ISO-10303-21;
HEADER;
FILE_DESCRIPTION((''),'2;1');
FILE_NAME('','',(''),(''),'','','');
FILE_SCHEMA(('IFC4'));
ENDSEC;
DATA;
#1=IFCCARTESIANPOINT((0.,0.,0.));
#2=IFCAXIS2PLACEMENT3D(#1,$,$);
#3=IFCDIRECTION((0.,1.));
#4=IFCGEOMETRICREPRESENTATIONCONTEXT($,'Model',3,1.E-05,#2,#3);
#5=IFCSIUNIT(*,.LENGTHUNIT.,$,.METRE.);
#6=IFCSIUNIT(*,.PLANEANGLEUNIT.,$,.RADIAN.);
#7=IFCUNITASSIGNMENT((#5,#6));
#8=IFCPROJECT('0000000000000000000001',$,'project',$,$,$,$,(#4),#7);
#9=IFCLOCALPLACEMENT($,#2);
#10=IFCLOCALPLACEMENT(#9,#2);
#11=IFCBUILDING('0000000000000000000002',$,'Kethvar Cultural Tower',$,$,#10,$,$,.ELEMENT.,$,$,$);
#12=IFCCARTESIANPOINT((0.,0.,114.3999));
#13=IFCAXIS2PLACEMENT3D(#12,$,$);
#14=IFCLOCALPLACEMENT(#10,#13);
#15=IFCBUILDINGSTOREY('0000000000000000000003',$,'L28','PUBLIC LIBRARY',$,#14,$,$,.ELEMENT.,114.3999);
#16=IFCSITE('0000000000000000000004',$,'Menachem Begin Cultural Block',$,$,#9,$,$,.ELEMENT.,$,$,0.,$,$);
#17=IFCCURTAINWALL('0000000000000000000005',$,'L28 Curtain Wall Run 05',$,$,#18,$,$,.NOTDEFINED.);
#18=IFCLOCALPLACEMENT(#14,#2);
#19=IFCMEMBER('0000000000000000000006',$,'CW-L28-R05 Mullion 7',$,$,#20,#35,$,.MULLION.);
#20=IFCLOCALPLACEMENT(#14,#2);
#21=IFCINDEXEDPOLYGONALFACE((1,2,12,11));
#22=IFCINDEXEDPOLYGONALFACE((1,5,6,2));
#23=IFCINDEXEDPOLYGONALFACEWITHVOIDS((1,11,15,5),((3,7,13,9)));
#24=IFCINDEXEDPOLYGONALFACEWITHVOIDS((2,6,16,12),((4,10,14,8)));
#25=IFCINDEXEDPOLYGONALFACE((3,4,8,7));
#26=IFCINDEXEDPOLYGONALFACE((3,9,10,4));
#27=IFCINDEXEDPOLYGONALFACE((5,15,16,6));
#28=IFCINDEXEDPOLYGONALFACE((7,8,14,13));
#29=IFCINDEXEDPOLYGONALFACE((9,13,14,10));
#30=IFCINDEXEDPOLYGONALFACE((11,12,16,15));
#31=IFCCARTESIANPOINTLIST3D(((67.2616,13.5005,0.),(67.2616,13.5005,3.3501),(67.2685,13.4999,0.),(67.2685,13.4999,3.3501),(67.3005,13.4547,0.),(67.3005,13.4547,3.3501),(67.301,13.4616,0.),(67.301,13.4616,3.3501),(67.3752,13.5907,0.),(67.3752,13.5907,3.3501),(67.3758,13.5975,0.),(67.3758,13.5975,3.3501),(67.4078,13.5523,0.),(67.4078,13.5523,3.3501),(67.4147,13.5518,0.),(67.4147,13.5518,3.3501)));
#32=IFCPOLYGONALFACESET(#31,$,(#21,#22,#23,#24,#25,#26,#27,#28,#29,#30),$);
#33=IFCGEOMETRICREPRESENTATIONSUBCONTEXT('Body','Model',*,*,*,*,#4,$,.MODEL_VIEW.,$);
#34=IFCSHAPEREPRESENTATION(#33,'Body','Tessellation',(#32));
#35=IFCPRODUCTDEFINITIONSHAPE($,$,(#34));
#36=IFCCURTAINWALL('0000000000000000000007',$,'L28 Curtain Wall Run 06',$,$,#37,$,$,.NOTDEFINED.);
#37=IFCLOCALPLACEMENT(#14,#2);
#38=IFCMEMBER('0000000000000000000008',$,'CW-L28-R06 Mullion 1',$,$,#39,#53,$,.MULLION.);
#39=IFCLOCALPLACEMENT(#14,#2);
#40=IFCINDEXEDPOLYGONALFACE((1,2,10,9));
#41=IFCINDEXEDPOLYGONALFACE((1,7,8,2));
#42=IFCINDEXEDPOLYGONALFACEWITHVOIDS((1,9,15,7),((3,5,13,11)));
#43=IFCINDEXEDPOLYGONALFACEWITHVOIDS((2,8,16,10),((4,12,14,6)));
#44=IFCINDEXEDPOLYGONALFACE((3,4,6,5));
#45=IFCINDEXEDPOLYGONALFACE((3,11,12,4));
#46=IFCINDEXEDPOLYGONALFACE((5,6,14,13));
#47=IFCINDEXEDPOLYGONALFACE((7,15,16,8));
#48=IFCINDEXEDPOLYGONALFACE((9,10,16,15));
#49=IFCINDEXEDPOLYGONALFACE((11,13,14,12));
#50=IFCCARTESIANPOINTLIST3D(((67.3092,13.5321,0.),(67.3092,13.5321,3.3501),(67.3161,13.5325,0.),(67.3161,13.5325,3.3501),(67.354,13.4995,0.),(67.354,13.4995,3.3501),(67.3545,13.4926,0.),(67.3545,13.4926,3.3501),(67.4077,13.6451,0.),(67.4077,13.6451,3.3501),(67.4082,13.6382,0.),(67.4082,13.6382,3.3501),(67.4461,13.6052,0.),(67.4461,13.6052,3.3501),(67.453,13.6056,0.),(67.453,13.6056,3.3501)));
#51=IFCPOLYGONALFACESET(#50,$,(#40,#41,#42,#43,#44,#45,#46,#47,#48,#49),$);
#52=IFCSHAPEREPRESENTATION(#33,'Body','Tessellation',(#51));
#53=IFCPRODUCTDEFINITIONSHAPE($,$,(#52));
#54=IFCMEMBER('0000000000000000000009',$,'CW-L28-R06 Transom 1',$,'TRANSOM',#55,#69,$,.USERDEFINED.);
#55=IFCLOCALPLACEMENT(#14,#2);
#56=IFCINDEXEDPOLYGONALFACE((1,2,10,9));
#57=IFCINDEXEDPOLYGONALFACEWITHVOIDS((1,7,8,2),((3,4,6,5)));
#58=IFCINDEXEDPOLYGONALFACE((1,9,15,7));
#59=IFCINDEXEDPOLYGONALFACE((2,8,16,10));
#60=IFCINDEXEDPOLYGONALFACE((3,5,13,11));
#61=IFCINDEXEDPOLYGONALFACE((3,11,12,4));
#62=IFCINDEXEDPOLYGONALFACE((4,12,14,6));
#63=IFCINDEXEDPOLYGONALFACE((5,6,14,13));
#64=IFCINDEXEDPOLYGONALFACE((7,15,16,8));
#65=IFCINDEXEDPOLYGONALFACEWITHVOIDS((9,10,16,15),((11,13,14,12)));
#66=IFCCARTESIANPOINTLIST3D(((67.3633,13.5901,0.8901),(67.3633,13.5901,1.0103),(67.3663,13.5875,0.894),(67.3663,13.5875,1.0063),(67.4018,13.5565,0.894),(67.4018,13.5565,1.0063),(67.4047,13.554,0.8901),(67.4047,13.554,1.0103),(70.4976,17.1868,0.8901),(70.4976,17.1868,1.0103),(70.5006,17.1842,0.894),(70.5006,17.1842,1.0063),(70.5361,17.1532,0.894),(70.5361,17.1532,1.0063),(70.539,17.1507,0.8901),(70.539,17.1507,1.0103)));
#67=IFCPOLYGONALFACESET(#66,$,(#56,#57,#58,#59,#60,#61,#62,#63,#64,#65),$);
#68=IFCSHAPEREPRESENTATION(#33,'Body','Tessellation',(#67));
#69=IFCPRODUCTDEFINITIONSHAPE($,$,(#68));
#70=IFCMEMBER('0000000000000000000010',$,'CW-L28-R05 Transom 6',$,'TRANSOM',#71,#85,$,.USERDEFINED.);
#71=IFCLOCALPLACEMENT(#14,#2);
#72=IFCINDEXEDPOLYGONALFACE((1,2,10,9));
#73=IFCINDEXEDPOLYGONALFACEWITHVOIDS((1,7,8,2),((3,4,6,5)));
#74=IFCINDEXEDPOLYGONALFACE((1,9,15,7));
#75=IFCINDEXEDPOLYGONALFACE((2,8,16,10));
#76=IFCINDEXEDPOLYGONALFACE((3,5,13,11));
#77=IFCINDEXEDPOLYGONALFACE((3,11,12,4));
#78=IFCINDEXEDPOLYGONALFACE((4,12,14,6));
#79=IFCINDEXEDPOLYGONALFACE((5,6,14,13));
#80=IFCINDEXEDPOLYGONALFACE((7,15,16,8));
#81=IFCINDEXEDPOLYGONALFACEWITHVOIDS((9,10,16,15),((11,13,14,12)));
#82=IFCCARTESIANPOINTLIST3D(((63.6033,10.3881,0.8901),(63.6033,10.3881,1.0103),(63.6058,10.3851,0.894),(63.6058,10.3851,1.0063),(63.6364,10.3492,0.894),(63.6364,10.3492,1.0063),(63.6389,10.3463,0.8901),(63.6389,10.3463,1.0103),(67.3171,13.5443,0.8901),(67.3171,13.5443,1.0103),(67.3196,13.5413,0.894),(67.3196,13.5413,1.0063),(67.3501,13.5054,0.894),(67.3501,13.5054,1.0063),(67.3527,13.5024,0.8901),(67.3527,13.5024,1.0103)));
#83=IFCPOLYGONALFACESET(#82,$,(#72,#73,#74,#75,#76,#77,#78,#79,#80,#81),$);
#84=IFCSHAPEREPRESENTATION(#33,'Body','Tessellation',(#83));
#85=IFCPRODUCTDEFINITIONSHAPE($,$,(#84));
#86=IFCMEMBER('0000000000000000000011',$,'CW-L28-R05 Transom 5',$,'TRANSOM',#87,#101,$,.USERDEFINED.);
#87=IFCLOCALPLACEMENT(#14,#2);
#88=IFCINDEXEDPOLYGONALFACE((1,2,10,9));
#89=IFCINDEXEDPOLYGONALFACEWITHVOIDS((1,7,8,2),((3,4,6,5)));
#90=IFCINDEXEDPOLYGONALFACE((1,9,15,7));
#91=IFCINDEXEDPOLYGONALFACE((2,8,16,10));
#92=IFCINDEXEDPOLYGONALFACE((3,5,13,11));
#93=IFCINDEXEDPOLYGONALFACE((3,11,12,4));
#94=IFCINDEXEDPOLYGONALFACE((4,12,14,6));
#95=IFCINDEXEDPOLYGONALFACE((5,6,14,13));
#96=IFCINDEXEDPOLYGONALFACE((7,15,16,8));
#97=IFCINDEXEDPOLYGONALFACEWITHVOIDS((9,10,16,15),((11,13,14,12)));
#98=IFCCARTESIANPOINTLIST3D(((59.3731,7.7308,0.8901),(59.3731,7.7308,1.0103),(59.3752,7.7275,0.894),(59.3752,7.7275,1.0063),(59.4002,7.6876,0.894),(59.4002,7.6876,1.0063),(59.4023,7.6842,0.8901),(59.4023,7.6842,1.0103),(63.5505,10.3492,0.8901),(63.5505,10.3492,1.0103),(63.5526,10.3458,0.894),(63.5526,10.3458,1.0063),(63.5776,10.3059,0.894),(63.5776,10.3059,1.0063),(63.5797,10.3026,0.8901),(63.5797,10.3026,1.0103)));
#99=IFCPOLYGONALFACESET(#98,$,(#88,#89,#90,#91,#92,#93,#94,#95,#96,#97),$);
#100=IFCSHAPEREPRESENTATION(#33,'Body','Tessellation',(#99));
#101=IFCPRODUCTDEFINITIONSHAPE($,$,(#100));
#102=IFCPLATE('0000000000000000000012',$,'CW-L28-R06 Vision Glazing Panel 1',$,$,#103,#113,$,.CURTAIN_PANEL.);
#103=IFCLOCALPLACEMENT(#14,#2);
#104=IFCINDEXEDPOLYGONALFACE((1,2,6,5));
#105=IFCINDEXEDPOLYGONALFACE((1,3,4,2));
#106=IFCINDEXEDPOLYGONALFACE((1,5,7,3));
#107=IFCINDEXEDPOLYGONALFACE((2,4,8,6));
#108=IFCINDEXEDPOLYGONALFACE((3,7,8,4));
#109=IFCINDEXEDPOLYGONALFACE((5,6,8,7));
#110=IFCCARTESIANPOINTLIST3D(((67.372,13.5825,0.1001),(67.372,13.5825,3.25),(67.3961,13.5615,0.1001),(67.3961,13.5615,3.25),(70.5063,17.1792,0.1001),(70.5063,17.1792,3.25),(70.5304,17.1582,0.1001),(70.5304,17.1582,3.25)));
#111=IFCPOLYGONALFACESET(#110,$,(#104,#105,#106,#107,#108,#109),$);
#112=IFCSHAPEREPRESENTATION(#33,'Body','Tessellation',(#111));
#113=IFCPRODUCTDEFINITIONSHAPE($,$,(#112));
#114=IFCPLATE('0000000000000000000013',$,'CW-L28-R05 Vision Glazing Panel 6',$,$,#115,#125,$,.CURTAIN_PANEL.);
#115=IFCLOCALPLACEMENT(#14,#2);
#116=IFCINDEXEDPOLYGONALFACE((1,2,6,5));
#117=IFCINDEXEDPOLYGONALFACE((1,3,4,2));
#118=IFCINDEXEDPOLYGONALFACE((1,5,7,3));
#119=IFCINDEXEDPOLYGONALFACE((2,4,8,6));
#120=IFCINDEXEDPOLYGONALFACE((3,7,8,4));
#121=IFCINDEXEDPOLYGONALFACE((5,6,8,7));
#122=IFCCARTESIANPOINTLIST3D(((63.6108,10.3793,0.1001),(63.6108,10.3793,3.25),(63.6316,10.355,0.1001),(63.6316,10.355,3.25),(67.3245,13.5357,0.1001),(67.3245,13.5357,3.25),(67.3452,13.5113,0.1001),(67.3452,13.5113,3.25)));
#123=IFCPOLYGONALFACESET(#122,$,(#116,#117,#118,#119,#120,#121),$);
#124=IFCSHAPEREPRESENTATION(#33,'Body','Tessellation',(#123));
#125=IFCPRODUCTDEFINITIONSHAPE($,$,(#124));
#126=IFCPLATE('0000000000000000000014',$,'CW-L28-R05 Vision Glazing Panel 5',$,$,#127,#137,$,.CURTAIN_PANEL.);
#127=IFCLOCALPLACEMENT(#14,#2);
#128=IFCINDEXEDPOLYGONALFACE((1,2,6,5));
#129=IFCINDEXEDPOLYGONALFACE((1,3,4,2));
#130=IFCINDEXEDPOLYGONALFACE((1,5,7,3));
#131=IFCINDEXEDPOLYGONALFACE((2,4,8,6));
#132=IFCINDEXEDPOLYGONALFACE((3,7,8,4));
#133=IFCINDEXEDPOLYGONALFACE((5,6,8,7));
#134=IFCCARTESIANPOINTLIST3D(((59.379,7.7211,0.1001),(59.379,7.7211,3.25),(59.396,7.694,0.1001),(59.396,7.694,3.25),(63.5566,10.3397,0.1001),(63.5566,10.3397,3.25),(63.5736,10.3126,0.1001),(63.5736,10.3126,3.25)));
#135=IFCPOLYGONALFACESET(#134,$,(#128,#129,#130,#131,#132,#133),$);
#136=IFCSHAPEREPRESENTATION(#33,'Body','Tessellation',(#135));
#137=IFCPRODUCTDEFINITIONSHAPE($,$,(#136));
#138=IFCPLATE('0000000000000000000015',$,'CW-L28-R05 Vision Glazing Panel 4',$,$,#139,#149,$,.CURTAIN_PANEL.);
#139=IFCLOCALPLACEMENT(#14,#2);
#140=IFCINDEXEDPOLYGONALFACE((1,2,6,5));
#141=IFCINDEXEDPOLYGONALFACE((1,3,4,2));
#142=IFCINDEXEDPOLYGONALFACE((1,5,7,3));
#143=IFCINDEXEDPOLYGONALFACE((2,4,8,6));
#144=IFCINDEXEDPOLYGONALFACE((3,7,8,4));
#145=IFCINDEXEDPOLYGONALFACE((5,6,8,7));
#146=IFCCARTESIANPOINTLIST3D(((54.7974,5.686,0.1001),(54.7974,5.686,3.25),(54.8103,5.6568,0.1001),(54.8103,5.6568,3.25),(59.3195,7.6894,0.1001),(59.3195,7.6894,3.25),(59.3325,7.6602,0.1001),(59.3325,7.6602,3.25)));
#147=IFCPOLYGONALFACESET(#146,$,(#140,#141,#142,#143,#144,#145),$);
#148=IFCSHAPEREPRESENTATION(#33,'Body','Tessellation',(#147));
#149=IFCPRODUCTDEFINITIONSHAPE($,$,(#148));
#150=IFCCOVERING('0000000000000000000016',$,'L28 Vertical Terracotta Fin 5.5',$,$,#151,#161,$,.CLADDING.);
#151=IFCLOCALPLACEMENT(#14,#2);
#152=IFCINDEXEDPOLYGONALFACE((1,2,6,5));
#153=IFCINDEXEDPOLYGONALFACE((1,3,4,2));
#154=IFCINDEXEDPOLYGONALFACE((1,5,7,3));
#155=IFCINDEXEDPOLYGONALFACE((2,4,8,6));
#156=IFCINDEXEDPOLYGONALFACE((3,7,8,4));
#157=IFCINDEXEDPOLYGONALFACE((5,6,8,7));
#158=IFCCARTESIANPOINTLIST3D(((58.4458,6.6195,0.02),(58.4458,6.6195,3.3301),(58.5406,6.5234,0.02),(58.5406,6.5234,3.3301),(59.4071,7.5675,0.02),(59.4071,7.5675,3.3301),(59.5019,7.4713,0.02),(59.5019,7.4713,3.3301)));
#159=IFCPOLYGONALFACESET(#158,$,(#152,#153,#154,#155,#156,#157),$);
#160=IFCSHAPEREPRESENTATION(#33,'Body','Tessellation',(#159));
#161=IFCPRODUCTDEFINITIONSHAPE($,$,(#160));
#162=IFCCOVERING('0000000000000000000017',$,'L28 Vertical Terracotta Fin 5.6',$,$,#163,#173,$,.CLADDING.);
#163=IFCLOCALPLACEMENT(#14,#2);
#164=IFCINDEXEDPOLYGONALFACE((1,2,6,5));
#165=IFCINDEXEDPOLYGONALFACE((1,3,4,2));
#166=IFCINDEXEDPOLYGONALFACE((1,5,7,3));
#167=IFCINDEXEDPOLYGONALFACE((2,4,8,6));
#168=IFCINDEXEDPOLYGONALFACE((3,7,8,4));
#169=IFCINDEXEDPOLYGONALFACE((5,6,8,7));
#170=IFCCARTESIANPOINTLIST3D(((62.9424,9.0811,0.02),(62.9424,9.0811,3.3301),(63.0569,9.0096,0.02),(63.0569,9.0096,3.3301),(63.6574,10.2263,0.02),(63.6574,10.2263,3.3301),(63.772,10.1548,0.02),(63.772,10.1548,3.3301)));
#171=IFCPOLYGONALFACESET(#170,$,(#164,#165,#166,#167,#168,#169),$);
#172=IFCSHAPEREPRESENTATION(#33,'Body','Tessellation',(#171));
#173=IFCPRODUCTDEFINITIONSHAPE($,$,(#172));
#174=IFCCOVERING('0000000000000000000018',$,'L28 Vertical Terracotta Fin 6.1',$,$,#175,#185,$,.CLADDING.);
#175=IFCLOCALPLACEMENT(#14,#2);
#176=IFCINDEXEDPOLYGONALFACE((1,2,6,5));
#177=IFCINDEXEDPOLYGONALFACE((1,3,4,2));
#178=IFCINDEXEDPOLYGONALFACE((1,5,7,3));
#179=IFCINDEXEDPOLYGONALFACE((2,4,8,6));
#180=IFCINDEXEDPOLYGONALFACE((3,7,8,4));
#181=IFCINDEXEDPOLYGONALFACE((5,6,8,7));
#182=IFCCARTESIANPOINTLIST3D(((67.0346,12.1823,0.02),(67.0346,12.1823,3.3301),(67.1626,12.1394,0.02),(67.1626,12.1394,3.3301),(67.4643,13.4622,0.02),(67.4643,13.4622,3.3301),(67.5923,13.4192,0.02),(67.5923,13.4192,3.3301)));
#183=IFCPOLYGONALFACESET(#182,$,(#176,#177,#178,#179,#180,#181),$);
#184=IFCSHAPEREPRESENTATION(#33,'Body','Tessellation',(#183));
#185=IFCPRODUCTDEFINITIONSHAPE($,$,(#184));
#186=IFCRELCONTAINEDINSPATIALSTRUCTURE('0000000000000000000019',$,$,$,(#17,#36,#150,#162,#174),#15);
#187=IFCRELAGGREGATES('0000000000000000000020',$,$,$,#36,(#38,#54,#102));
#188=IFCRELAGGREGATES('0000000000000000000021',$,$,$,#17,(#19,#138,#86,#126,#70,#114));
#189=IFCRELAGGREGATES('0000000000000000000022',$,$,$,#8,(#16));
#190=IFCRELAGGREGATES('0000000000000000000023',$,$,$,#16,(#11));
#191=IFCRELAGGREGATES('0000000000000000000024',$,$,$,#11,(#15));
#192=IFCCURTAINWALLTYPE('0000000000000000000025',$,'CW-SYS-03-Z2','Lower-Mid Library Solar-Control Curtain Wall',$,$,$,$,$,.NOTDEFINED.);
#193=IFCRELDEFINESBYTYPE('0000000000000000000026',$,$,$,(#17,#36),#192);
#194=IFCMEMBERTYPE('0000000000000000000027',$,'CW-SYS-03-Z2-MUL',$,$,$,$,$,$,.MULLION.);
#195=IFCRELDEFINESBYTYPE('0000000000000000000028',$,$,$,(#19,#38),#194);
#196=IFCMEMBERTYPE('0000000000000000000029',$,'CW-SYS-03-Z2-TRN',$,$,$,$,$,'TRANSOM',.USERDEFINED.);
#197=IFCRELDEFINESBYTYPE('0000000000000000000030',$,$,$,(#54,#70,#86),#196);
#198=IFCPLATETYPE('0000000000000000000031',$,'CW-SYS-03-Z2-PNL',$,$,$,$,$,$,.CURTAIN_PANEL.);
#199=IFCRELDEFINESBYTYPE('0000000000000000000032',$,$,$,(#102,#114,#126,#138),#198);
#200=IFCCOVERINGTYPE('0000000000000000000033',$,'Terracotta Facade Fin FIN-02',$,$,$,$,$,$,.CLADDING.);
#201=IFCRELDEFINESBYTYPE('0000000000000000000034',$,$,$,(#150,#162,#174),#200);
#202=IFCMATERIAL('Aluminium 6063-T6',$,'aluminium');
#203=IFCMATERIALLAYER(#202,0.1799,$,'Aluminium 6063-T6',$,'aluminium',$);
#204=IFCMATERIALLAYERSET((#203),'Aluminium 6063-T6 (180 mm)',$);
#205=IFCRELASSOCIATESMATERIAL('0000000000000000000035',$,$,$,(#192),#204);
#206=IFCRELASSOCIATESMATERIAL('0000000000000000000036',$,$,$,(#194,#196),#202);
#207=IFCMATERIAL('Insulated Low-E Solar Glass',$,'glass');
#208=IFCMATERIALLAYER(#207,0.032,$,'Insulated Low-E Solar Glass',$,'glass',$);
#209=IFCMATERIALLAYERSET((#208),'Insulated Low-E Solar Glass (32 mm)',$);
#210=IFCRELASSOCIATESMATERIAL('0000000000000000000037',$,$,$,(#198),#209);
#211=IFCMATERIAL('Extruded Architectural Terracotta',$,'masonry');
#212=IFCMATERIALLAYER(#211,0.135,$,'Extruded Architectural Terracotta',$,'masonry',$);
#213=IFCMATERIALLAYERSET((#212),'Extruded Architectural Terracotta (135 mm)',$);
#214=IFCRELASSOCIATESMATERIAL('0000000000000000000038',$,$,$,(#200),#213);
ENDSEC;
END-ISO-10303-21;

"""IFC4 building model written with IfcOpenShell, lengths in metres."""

from ifc_helpers import new_model, si_unit, direction, frame, origin, origin_2d, place, context, subcontext, project, spatial, rectangle, hollow_rectangle, extrude, source, transform, mapped, material, layer, layer_set, material_profile, profile_set, type_object, element, aggregate, save


model = new_model("IFC4")

# Units and contexts
model_context = context("Model", 3, precision=1e-05, world=origin(), true_north=direction((0.0, 1.0)))
body_context = subcontext(model_context, "Body", "Model", "MODEL_VIEW")
ifc_project = project(units=[si_unit("LENGTHUNIT", "METRE"), si_unit("PLANEANGLEUNIT", "RADIAN")], contexts=[model_context])

# Site, building, storey
site_placement = place(None, origin())
site = spatial("IfcSite", under=ifc_project, at=site_placement, Name="Menachem Begin Cultural Block", CompositionType="ELEMENT", RefElevation=0.0)
building_placement = place(site_placement, origin())
building = spatial("IfcBuilding", under=site, at=building_placement, Name="Kethvar Cultural Tower", CompositionType="ELEMENT")
storey_placement = place(building_placement, frame((0.0, 0.0, 114.3999)))
storey = spatial("IfcBuildingStorey", under=building, at=storey_placement, Name="L28", Description="PUBLIC LIBRARY", CompositionType="ELEMENT", Elevation=114.3999)

# Curtain walls, members
ifc_material_1 = material(Name="Aluminium 6063-T6", Category="aluminium")
ifc_layer_1 = layer(ifc_material_1, 0.1799, Name="Aluminium 6063-T6", Category="aluminium")
ifc_layer_set_1 = layer_set([ifc_layer_1], Name="Aluminium 6063-T6 (180 mm)")
curtain_wall_type = type_object("IfcCurtainWallType", Name="CW-SYS-03-Z2", Description="Lower-Mid Library Solar-Control Curtain Wall", PredefinedType="NOTDEFINED", material=ifc_layer_set_1)
curtain_wall_1_placement = place(storey_placement, origin())
curtain_wall_1 = element("IfcCurtainWall", 1, at=curtain_wall_1_placement, inside=storey, type_object=curtain_wall_type, Name="L28 Curtain Wall Run 05", PredefinedType="NOTDEFINED")
ifc_material_profile_1 = material_profile(ifc_material_1, hollow_rectangle(XDim=0.0601, YDim=0.1499, WallThickness=0.0049, at=origin_2d()), Name="Aluminium 6063-T6 — RHS150x60x5")
ifc_profile_set_1 = profile_set([ifc_material_profile_1], Name="Aluminium 6063-T6 — RHS150x60x5")
member_type_1 = type_object("IfcMemberType", Name="CW-SYS-03-Z2-MUL", PredefinedType="MULLION", material=ifc_profile_set_1)
shared_shape_1 = source(origin(), body_context, "Body", "SweptSolid", [
    extrude(hollow_rectangle(XDim=0.0601, YDim=0.1499, WallThickness=0.0049, at=origin_2d()), origin(), (0.0, 0.0, 1.0), 3.3501),
])
member_1_placement = place(storey_placement, frame((67.3381, 13.5261, 0.0), z_axis=(0.0, 0.0, 1.0), x_axis=(-0.647615, 0.761968, 0.0)))
member_1 = element("IfcMember", 2, at=member_1_placement, type_object=member_type_1, Name="CW-L28-R05 Mullion 7", PredefinedType="MULLION", context=body_context, shape_type="MappedRepresentation", body=[
    mapped(shared_shape_1, transform((0.0, 0.0, 0.0), scale=1.0)),
])
curtain_wall_2_placement = place(storey_placement, origin())
curtain_wall_2 = element("IfcCurtainWall", 3, at=curtain_wall_2_placement, inside=storey, type_object=curtain_wall_type, Name="L28 Curtain Wall Run 06", PredefinedType="NOTDEFINED")
member_2_placement = place(storey_placement, frame((67.3811, 13.5688, 0.0), z_axis=(0.0, 0.0, 1.0), x_axis=(-0.753907, 0.656981, 0.0)))
member_2 = element("IfcMember", 4, at=member_2_placement, type_object=member_type_1, Name="CW-L28-R06 Mullion 1", PredefinedType="MULLION", context=body_context, shape_type="MappedRepresentation", body=[
    mapped(shared_shape_1, transform((0.0, 0.0, 0.0), scale=1.0)),
])
ifc_material_profile_2 = material_profile(ifc_material_1, hollow_rectangle(XDim=0.0549, YDim=0.1201, WallThickness=0.0039, at=origin_2d()), Name="Aluminium 6063-T6 — RHS120x55x4")
ifc_profile_set_2 = profile_set([ifc_material_profile_2], Name="Aluminium 6063-T6 — RHS120x55x4")
member_type_2 = type_object("IfcMemberType", Name="CW-SYS-03-Z2-TRN", ElementType="TRANSOM", PredefinedType="USERDEFINED", material=ifc_profile_set_2)
shared_shape_2 = source(origin(), body_context, "Body", "SweptSolid", [
    extrude(hollow_rectangle(XDim=0.0549, YDim=0.1201, WallThickness=0.0039, at=origin_2d()), origin(), (0.0, 0.0, 1.0), 4.7708),
])
member_3_placement = place(storey_placement, frame((67.384, 13.572, 0.9502), z_axis=(0.656982, 0.753907, 0.0), x_axis=(-0.753907, 0.656982, 0.0)))
member_3 = element("IfcMember", 5, at=member_3_placement, type_object=member_type_2, Name="CW-L28-R06 Transom 1", ObjectType="TRANSOM", PredefinedType="USERDEFINED", context=body_context, shape_type="MappedRepresentation", body=[
    mapped(shared_shape_2, transform((0.0, 0.0, 0.0), scale=1.0)),
])

# Members
shared_shape_3 = source(origin(), body_context, "Body", "SweptSolid", [
    extrude(hollow_rectangle(XDim=0.0549, YDim=0.1201, WallThickness=0.0039, at=origin_2d()), origin(), (0.0, 0.0, 1.0), 4.8738),
])
member_4_placement = place(storey_placement, frame((63.6211, 10.3672, 0.9502), z_axis=(0.761994, 0.647584, 0.0), x_axis=(-0.647584, 0.761994, 0.0)))
member_4 = element("IfcMember", 6, at=member_4_placement, type_object=member_type_2, Name="CW-L28-R05 Transom 6", ObjectType="TRANSOM", PredefinedType="USERDEFINED", context=body_context, shape_type="MappedRepresentation", body=[
    mapped(shared_shape_3, transform((0.0, 0.0, 0.0), scale=1.0)),
])
shared_shape_4 = source(origin(), body_context, "Body", "SweptSolid", [
    extrude(hollow_rectangle(XDim=0.0549, YDim=0.1201, WallThickness=0.0039, at=origin_2d()), origin(), (0.0, 0.0, 1.0), 4.9302),
])
member_5_placement = place(storey_placement, frame((59.3877, 7.7075, 0.9502), z_axis=(0.847316, 0.531089, 0.0), x_axis=(-0.531089, 0.847316, 0.0)))
member_5 = element("IfcMember", 7, at=member_5_placement, type_object=member_type_2, Name="CW-L28-R05 Transom 5", ObjectType="TRANSOM", PredefinedType="USERDEFINED", context=body_context, shape_type="MappedRepresentation", body=[
    mapped(shared_shape_4, transform((0.0, 0.0, 0.0), scale=1.0)),
])

# Plates
ifc_material_2 = material(Name="Insulated Low-E Solar Glass", Category="glass")
ifc_layer_2 = layer(ifc_material_2, 0.032, Name="Insulated Low-E Solar Glass", Category="glass")
ifc_layer_set_2 = layer_set([ifc_layer_2], Name="Insulated Low-E Solar Glass (32 mm)")
plate_type = type_object("IfcPlateType", Name="CW-SYS-03-Z2-PNL", PredefinedType="CURTAIN_PANEL", material=ifc_layer_set_2)
shared_shape_5 = source(origin(), body_context, "Body", "SweptSolid", [
    extrude(rectangle(XDim=4.7708, YDim=0.032, at=origin_2d()), origin(), (0.0, 0.0, 1.0), 3.1499),
])
plate_1_placement = place(storey_placement, frame((68.9512, 15.3704, 0.1001), z_axis=(0.0, 0.0, 1.0), x_axis=(0.656981, 0.753907, 0.0)))
plate_1 = element("IfcPlate", 8, at=plate_1_placement, type_object=plate_type, Name="CW-L28-R06 Vision Glazing Panel 1", PredefinedType="CURTAIN_PANEL", context=body_context, shape_type="MappedRepresentation", body=[
    mapped(shared_shape_5, transform((0.0, 0.0, 0.0), scale=1.0)),
])
aggregate(curtain_wall_2, [member_2, member_3, plate_1])
shared_shape_6 = source(origin(), body_context, "Body", "SweptSolid", [
    extrude(rectangle(XDim=4.8738, YDim=0.032, at=origin_2d()), origin(), (0.0, 0.0, 1.0), 3.1499),
])
plate_2_placement = place(storey_placement, frame((65.478, 11.9453, 0.1001), z_axis=(0.0, 0.0, 1.0), x_axis=(0.761968, 0.647615, 0.0)))
plate_2 = element("IfcPlate", 9, at=plate_2_placement, type_object=plate_type, Name="CW-L28-R05 Vision Glazing Panel 6", PredefinedType="CURTAIN_PANEL", context=body_context, shape_type="MappedRepresentation", body=[
    mapped(shared_shape_6, transform((0.0, 0.0, 0.0), scale=1.0)),
])
shared_shape_7 = source(origin(), body_context, "Body", "SweptSolid", [
    extrude(rectangle(XDim=4.9304, YDim=0.032, at=origin_2d()), origin(), (0.0, 0.0, 1.0), 3.1499),
])
plate_3_placement = place(storey_placement, frame((61.4763, 9.0168, 0.1001), z_axis=(0.0, 0.0, 1.0), x_axis=(0.847307, 0.531103, 0.0)))
plate_3 = element("IfcPlate", 10, at=plate_3_placement, type_object=plate_type, Name="CW-L28-R05 Vision Glazing Panel 5", PredefinedType="CURTAIN_PANEL", context=body_context, shape_type="MappedRepresentation", body=[
    mapped(shared_shape_7, transform((0.0, 0.0, 0.0), scale=1.0)),
])
shared_shape_8 = source(origin(), body_context, "Body", "SweptSolid", [
    extrude(rectangle(XDim=4.946, YDim=0.032, at=origin_2d()), origin(), (0.0, 0.0, 1.0), 3.1499),
])
plate_4_placement = place(storey_placement, frame((57.0649, 6.6731, 0.1001), z_axis=(0.0, 0.0, 1.0), x_axis=(0.914296, 0.405046, 0.0)))
plate_4 = element("IfcPlate", 11, at=plate_4_placement, type_object=plate_type, Name="CW-L28-R05 Vision Glazing Panel 4", PredefinedType="CURTAIN_PANEL", context=body_context, shape_type="MappedRepresentation", body=[
    mapped(shared_shape_8, transform((0.0, 0.0, 0.0), scale=1.0)),
])
aggregate(curtain_wall_1, [member_1, plate_4, member_5, plate_3, member_4, plate_2])

# Coverings
ifc_material_3 = material(Name="Extruded Architectural Terracotta", Category="masonry")
ifc_layer_3 = layer(ifc_material_3, 0.135, Name="Extruded Architectural Terracotta", Category="masonry")
ifc_layer_set_3 = layer_set([ifc_layer_3], Name="Extruded Architectural Terracotta (135 mm)")
covering_type = type_object("IfcCoveringType", Name="Terracotta Facade Fin FIN-02", PredefinedType="CLADDING", material=ifc_layer_set_3)
shared_shape_9 = source(origin(), body_context, "Body", "SweptSolid", [
    extrude(rectangle(XDim=1.3501, YDim=0.135, at=origin_2d()), origin(), (0.0, 0.0, 1.0), 3.3101),
])
for number, where, z_axis, x_axis, name in (
    (12, (58.9739, 7.0454, 0.02), (0.0, 0.0, 1.0), (-0.712026, -0.702153, 0.0), "L28 Vertical Terracotta Fin 5.5"),
    (13, (63.3572, 9.6179, 0.02), (0.0, 0.0, 1.0), (-0.529623, -0.848233, 0.0), "L28 Vertical Terracotta Fin 5.6"),
    (14, (67.3135, 12.8008, 0.02), (0.0, 0.0, 1.0), (-0.318298, -0.947991, 0.0), "L28 Vertical Terracotta Fin 6.1"),
):
    element("IfcCovering", number, at=place(storey_placement, frame(where, z_axis=z_axis, x_axis=x_axis)), inside=storey, type_object=covering_type, Name=name, PredefinedType="CLADDING", context=body_context, shape_type="MappedRepresentation", body=[
        mapped(shared_shape_9, transform((0.0, 0.0, 0.0), scale=1.0)),
    ])

save(model, "model.ifc")
